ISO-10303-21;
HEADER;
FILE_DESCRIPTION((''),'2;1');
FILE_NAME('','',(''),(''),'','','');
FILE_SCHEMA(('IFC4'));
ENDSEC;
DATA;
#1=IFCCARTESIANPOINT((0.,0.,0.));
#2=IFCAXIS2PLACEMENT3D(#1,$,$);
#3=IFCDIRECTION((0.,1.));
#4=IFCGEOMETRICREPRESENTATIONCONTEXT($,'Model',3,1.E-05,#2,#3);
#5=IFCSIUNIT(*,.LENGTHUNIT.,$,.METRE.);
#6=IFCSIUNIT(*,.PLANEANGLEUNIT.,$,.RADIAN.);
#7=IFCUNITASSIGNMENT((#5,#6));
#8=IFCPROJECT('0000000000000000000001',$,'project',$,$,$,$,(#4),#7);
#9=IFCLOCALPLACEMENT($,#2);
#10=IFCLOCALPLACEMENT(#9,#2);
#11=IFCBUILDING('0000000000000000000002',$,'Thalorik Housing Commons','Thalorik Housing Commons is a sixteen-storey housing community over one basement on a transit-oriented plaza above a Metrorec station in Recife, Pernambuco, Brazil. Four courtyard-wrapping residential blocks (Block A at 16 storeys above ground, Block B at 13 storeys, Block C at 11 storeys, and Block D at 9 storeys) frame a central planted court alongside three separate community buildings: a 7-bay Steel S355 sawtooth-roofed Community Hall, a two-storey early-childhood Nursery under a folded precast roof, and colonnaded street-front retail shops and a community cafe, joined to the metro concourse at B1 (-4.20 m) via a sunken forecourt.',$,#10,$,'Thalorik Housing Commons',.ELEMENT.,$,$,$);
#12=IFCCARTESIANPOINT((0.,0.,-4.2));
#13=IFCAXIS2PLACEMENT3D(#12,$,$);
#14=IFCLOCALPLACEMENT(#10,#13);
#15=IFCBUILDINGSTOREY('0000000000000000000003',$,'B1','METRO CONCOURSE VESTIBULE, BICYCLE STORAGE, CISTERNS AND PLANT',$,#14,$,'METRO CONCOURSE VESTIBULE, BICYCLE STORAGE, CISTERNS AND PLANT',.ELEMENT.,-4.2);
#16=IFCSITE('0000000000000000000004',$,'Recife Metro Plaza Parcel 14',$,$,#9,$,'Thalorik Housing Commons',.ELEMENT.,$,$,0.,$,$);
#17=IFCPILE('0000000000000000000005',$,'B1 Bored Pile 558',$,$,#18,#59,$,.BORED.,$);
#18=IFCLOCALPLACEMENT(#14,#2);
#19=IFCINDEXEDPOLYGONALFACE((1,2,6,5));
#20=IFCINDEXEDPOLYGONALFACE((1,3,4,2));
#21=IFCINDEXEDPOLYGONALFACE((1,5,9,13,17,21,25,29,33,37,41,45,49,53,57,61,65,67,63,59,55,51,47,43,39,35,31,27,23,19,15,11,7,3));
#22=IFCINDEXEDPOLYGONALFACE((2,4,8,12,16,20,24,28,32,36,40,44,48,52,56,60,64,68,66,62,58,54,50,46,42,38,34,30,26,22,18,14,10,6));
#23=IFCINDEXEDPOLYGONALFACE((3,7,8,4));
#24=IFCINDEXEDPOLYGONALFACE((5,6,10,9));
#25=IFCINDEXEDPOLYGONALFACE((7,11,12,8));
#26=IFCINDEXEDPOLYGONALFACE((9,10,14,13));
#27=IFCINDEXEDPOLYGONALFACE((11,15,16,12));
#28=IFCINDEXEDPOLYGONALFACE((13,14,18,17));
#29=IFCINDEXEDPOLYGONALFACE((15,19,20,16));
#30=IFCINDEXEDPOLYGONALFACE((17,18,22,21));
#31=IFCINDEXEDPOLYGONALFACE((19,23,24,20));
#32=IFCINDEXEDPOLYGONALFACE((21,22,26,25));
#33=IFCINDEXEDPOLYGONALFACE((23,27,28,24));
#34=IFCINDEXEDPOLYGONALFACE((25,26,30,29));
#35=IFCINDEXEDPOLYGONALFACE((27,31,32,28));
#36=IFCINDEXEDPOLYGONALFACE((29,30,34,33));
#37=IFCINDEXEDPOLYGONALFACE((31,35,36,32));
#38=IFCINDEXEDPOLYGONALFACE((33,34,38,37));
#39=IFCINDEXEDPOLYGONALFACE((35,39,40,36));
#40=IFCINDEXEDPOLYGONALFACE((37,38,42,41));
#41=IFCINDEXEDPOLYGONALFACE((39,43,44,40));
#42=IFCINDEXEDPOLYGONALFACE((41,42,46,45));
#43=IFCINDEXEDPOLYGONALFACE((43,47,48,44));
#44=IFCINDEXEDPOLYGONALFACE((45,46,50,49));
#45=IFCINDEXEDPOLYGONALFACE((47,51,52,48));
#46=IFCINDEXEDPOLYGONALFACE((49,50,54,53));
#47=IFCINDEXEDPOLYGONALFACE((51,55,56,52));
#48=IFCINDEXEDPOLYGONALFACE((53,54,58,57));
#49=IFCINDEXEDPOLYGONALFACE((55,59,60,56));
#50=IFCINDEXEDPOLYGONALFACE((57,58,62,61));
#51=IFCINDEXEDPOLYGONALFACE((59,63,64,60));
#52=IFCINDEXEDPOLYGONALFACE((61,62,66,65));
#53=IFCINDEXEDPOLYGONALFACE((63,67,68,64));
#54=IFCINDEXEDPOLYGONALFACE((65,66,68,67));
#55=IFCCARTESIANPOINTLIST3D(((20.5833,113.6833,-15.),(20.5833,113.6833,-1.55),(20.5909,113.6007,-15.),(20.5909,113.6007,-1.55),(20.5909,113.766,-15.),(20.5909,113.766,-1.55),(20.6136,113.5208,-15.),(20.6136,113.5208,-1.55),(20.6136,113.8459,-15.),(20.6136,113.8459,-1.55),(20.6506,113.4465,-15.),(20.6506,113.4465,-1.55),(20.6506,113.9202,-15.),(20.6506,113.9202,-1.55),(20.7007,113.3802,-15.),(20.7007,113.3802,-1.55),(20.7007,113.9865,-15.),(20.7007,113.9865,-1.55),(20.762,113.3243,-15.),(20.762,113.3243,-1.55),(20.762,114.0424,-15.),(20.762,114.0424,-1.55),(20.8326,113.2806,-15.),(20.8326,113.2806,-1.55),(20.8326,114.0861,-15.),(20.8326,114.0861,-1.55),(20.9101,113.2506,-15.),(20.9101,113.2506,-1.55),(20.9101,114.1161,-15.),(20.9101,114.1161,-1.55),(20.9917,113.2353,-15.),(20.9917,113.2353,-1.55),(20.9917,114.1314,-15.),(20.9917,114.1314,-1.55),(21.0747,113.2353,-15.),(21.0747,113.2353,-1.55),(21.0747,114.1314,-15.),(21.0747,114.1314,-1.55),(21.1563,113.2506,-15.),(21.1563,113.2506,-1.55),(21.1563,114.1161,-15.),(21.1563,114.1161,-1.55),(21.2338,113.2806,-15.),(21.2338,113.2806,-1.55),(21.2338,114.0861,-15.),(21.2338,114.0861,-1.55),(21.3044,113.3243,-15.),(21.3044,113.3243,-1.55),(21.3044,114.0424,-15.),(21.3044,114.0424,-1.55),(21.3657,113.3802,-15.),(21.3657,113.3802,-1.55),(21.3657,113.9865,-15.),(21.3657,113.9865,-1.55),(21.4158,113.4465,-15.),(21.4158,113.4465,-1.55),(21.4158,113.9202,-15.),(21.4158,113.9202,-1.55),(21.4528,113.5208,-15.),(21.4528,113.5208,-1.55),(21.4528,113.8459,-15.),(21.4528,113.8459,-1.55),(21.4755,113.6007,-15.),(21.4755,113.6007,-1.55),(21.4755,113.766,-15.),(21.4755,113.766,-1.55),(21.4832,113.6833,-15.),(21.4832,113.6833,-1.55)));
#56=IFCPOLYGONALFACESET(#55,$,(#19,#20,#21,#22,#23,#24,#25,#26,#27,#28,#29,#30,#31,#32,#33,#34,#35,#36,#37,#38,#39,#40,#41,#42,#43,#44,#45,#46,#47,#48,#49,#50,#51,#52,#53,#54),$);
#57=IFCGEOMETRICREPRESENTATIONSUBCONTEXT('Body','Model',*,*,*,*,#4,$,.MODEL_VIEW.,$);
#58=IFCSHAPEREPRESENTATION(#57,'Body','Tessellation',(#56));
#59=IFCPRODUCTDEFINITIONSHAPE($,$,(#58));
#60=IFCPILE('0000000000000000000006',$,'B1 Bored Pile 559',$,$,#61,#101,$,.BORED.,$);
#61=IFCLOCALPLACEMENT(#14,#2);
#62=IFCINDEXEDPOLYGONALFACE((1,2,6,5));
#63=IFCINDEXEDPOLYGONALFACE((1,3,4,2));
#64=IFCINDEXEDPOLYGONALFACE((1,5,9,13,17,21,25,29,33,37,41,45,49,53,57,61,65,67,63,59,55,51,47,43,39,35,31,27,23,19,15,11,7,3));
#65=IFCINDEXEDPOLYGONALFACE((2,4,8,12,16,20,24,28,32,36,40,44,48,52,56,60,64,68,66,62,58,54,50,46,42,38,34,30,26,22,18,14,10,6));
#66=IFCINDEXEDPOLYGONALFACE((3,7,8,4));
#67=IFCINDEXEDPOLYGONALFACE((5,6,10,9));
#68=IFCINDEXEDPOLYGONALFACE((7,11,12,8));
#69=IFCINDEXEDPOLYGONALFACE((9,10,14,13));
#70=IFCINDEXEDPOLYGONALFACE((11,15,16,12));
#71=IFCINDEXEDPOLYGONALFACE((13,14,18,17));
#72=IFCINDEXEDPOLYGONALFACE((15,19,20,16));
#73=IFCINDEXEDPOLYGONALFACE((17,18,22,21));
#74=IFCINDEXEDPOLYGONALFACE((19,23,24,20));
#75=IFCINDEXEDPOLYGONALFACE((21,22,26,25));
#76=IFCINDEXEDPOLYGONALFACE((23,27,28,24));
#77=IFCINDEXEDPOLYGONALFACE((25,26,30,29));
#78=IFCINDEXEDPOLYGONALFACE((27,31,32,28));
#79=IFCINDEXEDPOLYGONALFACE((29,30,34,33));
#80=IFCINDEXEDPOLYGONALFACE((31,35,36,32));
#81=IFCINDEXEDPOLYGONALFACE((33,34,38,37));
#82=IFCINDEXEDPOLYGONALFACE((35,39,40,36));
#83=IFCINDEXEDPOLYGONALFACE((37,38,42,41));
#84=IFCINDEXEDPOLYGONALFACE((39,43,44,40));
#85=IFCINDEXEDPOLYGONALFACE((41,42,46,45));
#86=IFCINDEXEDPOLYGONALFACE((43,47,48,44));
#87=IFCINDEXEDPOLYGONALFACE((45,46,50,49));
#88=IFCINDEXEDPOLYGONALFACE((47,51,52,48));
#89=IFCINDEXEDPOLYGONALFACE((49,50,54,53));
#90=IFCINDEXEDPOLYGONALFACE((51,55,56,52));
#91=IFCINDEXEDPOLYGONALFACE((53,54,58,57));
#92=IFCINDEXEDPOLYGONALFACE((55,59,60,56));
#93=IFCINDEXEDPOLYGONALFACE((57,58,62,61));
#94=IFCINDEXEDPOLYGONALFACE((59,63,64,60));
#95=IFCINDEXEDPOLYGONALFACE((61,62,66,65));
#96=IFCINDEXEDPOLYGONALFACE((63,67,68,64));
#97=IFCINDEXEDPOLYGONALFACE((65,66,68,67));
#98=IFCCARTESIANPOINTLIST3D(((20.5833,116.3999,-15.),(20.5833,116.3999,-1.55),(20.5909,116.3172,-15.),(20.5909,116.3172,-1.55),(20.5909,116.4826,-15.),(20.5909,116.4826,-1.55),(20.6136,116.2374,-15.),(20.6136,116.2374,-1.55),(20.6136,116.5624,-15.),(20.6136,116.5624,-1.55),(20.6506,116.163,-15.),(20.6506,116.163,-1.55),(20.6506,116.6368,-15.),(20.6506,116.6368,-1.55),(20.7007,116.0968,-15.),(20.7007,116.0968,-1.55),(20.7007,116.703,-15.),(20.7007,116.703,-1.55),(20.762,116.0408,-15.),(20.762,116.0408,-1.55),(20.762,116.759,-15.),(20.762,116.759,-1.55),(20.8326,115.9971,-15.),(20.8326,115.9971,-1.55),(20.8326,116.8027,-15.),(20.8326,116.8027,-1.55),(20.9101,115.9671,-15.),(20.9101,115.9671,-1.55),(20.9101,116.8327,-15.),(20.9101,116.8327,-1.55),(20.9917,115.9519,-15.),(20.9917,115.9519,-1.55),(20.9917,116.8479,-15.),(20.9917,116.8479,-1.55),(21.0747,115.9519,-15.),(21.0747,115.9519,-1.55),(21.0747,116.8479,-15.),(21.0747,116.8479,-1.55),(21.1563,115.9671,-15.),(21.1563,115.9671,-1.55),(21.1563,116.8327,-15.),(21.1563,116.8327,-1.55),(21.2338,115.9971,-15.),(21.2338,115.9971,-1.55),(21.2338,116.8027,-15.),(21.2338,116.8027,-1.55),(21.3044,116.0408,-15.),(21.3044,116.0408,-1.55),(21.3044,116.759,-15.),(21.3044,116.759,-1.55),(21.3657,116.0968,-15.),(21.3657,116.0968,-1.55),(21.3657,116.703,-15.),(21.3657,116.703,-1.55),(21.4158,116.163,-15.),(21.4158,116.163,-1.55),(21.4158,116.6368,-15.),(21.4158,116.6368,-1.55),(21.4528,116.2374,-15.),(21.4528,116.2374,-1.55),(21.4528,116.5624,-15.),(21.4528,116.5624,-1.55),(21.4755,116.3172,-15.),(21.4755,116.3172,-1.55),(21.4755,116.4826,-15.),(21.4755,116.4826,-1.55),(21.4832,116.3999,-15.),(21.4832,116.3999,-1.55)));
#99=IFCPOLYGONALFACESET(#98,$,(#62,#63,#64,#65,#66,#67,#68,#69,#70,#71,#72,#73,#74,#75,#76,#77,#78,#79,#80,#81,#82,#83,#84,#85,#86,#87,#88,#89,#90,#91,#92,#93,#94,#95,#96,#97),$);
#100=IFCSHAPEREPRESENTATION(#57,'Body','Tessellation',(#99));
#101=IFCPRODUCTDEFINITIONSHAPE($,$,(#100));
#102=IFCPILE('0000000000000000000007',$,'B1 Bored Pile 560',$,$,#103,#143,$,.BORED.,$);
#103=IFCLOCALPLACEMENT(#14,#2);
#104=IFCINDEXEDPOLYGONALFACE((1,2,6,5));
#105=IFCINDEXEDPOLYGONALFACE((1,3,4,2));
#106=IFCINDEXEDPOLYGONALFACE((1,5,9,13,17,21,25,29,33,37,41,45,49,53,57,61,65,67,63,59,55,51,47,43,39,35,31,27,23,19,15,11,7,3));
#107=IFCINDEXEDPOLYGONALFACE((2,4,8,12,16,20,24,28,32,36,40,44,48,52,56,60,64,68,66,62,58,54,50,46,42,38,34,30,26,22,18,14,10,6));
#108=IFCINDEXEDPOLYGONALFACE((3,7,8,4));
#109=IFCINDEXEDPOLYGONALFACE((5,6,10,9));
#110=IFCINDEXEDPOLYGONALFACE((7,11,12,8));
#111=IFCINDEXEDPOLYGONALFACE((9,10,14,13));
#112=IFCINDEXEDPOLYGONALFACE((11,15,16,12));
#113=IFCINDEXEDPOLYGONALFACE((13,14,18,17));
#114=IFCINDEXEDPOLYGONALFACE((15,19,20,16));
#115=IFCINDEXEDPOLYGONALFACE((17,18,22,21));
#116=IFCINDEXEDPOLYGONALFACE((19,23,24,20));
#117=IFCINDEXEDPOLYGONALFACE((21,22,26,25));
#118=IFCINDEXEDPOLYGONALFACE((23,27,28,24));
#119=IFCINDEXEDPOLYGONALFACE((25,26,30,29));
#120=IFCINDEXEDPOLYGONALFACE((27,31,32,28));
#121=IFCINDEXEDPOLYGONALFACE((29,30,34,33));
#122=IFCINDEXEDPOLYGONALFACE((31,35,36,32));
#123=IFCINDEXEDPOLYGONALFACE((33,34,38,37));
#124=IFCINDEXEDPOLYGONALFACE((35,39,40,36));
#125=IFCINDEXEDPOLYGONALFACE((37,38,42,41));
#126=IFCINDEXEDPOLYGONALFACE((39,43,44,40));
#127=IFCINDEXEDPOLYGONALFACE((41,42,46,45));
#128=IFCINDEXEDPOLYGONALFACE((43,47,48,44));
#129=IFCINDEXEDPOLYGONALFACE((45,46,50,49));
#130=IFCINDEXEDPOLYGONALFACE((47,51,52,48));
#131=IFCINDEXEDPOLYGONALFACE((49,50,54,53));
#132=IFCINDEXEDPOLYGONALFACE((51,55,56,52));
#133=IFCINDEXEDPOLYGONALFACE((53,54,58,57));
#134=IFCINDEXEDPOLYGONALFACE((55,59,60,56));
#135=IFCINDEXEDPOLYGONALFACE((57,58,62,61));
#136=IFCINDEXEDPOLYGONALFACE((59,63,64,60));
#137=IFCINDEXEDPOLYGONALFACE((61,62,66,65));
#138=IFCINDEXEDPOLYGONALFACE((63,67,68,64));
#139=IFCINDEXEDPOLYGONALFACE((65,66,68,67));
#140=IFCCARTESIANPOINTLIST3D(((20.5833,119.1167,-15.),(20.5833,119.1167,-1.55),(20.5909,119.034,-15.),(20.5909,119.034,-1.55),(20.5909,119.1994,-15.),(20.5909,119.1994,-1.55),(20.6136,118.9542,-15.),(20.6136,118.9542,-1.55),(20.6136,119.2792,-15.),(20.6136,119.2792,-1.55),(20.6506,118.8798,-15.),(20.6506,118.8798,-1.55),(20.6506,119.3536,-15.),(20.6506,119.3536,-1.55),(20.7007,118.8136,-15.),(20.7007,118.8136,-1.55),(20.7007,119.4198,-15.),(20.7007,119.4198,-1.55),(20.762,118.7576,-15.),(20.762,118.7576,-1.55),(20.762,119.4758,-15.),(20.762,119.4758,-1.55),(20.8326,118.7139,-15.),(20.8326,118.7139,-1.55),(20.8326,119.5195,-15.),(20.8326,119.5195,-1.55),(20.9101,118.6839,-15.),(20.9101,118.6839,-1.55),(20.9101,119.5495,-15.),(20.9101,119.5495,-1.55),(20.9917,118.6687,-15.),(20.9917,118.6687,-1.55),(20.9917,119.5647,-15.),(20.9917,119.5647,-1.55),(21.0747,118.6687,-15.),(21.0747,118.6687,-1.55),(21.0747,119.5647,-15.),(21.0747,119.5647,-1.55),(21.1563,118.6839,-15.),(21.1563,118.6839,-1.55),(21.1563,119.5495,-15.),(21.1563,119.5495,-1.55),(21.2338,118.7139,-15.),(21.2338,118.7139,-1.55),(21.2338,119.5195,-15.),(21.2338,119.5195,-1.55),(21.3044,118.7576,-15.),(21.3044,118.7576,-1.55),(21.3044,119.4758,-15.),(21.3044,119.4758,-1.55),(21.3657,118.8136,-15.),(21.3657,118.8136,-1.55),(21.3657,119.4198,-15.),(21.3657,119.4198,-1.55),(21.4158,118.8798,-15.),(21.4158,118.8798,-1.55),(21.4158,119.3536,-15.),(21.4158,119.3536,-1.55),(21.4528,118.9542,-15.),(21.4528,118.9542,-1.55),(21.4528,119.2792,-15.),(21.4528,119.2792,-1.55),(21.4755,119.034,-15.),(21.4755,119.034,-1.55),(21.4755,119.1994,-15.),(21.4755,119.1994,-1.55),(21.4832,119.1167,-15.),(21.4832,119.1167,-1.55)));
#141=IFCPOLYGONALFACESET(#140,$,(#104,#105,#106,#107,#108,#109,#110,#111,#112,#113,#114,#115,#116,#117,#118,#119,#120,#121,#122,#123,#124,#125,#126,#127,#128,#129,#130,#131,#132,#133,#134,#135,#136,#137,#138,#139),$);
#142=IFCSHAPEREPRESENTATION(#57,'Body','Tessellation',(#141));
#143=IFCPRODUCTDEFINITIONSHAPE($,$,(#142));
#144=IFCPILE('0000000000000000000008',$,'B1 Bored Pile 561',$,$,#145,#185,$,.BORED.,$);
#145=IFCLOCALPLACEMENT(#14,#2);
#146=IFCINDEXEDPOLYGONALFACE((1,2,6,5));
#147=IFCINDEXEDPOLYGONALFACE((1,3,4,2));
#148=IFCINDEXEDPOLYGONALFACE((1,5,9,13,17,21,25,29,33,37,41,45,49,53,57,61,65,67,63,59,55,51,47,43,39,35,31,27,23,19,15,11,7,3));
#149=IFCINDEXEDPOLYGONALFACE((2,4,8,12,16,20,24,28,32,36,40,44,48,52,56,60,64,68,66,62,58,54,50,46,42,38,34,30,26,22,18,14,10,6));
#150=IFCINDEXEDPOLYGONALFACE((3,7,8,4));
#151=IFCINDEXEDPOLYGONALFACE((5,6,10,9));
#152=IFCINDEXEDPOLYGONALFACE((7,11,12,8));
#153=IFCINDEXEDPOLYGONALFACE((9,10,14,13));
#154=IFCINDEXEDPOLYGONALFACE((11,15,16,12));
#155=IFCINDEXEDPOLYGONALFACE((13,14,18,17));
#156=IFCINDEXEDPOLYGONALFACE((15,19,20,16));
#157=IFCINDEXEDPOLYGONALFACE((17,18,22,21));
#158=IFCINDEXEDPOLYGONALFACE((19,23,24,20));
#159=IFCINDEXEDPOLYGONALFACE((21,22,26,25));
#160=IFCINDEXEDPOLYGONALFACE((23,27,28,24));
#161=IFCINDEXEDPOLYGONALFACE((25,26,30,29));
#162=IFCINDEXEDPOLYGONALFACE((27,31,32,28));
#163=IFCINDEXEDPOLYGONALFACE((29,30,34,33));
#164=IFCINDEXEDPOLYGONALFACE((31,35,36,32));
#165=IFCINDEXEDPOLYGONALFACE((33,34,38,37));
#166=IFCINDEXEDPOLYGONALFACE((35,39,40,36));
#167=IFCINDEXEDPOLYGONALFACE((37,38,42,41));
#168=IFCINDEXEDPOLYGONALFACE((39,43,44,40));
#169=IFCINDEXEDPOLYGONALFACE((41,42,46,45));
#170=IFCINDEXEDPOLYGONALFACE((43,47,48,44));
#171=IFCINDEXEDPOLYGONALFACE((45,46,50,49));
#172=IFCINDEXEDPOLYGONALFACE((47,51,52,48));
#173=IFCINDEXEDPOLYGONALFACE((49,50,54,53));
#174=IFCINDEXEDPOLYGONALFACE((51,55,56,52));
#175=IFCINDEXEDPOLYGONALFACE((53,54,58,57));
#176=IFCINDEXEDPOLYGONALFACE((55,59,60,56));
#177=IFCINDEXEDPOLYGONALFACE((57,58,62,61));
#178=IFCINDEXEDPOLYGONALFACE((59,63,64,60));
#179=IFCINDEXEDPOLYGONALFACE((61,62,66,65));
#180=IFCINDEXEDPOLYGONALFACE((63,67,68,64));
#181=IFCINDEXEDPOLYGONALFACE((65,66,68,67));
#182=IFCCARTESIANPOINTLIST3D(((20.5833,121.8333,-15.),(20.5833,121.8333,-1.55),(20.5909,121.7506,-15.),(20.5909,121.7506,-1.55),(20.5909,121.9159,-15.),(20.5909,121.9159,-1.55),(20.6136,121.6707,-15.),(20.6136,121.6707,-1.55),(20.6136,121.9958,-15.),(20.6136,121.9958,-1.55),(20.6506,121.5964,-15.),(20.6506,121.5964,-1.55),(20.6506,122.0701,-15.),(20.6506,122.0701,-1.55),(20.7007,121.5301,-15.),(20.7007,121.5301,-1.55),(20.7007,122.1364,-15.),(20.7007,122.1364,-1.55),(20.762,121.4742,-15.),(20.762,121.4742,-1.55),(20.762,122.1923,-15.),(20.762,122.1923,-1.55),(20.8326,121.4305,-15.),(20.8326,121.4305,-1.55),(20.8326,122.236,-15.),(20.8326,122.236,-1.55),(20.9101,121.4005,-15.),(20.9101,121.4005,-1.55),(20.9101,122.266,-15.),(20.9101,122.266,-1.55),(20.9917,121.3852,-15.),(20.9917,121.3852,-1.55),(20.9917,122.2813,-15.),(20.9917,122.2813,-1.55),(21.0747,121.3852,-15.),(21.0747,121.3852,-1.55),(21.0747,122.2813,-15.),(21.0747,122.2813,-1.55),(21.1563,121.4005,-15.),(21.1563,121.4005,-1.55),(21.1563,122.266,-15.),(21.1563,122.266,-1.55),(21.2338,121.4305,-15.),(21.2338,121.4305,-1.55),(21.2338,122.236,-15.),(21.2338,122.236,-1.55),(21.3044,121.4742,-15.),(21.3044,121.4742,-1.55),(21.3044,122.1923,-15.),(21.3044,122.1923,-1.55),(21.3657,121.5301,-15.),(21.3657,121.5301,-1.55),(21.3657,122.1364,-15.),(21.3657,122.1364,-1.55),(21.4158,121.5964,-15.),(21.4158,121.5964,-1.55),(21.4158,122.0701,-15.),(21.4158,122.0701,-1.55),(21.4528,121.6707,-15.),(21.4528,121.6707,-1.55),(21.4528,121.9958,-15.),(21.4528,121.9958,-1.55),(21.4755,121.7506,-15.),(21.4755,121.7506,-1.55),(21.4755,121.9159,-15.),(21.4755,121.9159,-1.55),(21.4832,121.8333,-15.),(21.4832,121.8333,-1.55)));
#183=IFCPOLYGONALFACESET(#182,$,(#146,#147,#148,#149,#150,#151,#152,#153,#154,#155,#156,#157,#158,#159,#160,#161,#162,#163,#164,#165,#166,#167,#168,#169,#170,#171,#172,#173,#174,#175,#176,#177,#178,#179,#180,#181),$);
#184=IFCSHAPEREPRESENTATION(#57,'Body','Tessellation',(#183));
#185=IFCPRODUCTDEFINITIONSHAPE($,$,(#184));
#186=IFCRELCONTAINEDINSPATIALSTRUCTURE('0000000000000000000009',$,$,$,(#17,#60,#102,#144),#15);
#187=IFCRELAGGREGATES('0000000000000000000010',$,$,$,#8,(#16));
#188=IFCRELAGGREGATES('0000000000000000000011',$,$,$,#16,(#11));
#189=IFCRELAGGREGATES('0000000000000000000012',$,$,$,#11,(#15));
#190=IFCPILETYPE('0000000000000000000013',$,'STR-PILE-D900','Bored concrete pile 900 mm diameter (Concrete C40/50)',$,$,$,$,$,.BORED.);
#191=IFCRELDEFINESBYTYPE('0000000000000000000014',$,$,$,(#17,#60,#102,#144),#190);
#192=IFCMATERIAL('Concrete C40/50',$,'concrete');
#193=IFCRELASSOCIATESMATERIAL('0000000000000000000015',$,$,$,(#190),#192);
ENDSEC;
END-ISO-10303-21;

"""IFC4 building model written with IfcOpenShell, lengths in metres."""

from ifc_helpers import new_model, si_unit, direction, frame, origin, origin_2d, place, context, subcontext, project, spatial, circle, extrude, material, material_profile, profile_set, type_object, element, save


model = new_model("IFC4")

# Units and contexts
model_context = context("Model", 3, precision=1e-05, world=origin(), true_north=direction((0.0, 1.0)))
body_context = subcontext(model_context, "Body", "Model", "MODEL_VIEW")
ifc_project = project(units=[si_unit("LENGTHUNIT", "METRE"), si_unit("PLANEANGLEUNIT", "RADIAN")], contexts=[model_context])

# Site, building, storey
site_placement = place(None, origin())
site = spatial("IfcSite", under=ifc_project, at=site_placement, Name="Recife Metro Plaza Parcel 14", LongName="Thalorik Housing Commons", CompositionType="ELEMENT", RefElevation=0.0)
building_placement = place(site_placement, origin())
building = spatial("IfcBuilding", under=site, at=building_placement, Name="Thalorik Housing Commons", Description="Thalorik Housing Commons is a sixteen-storey housing community over one basement on a transit-oriented plaza above a Metrorec station in Recife, Pernambuco, Brazil. Four courtyard-wrapping residential blocks (Block A at 16 storeys above ground, Block B at 13 storeys, Block C at 11 storeys, and Block D at 9 storeys) frame a central planted court alongside three separate community buildings: a 7-bay Steel S355 sawtooth-roofed Community Hall, a two-storey early-childhood Nursery under a folded precast roof, and colonnaded street-front retail shops and a community cafe, joined to the metro concourse at B1 (-4.20 m) via a sunken forecourt.", LongName="Thalorik Housing Commons", CompositionType="ELEMENT")
storey_placement = place(building_placement, frame((0.0, 0.0, -4.2)))
storey = spatial("IfcBuildingStorey", under=building, at=storey_placement, Name="B1", Description="METRO CONCOURSE VESTIBULE, BICYCLE STORAGE, CISTERNS AND PLANT", LongName="METRO CONCOURSE VESTIBULE, BICYCLE STORAGE, CISTERNS AND PLANT", CompositionType="ELEMENT", Elevation=-4.2)

# Piles
ifc_material_1 = material(Name="Concrete C40/50", Category="concrete")
ifc_material_profile_1 = material_profile(ifc_material_1, circle(Radius=0.45, at=origin_2d()), Name="BORED PILE D900", Category="concrete")
ifc_profile_set_1 = profile_set([ifc_material_profile_1], Name="Concrete C40/50")
pile_type = type_object("IfcPileType", Name="STR-PILE-D900", Description="Bored concrete pile 900 mm diameter (Concrete C40/50)", PredefinedType="BORED", material=ifc_profile_set_1)
for number, where, z_axis, x_axis, name in (
    (1, (21.0332, 113.6833, -1.55), (0.0, 0.0, -1.0), (1.0, 0.0, 0.0), "B1 Bored Pile 558"),
    (2, (21.0332, 116.3999, -1.55), (0.0, 0.0, -1.0), (1.0, 0.0, 0.0), "B1 Bored Pile 559"),
    (3, (21.0332, 119.1167, -1.55), (0.0, 0.0, -1.0), (1.0, 0.0, 0.0), "B1 Bored Pile 560"),
    (4, (21.0332, 121.8333, -1.55), (0.0, 0.0, -1.0), (1.0, 0.0, 0.0), "B1 Bored Pile 561"),
):
    element("IfcPile", number, at=place(storey_placement, frame(where, z_axis=z_axis, x_axis=x_axis)), inside=storey, type_object=pile_type, Name=name, PredefinedType="BORED", context=body_context, shape_type="SweptSolid", body=[
        extrude(circle(Radius=0.45, at=origin_2d()), origin(), (0.0, 0.0, 1.0), 13.45),
    ])

save(model, "model.ifc")
